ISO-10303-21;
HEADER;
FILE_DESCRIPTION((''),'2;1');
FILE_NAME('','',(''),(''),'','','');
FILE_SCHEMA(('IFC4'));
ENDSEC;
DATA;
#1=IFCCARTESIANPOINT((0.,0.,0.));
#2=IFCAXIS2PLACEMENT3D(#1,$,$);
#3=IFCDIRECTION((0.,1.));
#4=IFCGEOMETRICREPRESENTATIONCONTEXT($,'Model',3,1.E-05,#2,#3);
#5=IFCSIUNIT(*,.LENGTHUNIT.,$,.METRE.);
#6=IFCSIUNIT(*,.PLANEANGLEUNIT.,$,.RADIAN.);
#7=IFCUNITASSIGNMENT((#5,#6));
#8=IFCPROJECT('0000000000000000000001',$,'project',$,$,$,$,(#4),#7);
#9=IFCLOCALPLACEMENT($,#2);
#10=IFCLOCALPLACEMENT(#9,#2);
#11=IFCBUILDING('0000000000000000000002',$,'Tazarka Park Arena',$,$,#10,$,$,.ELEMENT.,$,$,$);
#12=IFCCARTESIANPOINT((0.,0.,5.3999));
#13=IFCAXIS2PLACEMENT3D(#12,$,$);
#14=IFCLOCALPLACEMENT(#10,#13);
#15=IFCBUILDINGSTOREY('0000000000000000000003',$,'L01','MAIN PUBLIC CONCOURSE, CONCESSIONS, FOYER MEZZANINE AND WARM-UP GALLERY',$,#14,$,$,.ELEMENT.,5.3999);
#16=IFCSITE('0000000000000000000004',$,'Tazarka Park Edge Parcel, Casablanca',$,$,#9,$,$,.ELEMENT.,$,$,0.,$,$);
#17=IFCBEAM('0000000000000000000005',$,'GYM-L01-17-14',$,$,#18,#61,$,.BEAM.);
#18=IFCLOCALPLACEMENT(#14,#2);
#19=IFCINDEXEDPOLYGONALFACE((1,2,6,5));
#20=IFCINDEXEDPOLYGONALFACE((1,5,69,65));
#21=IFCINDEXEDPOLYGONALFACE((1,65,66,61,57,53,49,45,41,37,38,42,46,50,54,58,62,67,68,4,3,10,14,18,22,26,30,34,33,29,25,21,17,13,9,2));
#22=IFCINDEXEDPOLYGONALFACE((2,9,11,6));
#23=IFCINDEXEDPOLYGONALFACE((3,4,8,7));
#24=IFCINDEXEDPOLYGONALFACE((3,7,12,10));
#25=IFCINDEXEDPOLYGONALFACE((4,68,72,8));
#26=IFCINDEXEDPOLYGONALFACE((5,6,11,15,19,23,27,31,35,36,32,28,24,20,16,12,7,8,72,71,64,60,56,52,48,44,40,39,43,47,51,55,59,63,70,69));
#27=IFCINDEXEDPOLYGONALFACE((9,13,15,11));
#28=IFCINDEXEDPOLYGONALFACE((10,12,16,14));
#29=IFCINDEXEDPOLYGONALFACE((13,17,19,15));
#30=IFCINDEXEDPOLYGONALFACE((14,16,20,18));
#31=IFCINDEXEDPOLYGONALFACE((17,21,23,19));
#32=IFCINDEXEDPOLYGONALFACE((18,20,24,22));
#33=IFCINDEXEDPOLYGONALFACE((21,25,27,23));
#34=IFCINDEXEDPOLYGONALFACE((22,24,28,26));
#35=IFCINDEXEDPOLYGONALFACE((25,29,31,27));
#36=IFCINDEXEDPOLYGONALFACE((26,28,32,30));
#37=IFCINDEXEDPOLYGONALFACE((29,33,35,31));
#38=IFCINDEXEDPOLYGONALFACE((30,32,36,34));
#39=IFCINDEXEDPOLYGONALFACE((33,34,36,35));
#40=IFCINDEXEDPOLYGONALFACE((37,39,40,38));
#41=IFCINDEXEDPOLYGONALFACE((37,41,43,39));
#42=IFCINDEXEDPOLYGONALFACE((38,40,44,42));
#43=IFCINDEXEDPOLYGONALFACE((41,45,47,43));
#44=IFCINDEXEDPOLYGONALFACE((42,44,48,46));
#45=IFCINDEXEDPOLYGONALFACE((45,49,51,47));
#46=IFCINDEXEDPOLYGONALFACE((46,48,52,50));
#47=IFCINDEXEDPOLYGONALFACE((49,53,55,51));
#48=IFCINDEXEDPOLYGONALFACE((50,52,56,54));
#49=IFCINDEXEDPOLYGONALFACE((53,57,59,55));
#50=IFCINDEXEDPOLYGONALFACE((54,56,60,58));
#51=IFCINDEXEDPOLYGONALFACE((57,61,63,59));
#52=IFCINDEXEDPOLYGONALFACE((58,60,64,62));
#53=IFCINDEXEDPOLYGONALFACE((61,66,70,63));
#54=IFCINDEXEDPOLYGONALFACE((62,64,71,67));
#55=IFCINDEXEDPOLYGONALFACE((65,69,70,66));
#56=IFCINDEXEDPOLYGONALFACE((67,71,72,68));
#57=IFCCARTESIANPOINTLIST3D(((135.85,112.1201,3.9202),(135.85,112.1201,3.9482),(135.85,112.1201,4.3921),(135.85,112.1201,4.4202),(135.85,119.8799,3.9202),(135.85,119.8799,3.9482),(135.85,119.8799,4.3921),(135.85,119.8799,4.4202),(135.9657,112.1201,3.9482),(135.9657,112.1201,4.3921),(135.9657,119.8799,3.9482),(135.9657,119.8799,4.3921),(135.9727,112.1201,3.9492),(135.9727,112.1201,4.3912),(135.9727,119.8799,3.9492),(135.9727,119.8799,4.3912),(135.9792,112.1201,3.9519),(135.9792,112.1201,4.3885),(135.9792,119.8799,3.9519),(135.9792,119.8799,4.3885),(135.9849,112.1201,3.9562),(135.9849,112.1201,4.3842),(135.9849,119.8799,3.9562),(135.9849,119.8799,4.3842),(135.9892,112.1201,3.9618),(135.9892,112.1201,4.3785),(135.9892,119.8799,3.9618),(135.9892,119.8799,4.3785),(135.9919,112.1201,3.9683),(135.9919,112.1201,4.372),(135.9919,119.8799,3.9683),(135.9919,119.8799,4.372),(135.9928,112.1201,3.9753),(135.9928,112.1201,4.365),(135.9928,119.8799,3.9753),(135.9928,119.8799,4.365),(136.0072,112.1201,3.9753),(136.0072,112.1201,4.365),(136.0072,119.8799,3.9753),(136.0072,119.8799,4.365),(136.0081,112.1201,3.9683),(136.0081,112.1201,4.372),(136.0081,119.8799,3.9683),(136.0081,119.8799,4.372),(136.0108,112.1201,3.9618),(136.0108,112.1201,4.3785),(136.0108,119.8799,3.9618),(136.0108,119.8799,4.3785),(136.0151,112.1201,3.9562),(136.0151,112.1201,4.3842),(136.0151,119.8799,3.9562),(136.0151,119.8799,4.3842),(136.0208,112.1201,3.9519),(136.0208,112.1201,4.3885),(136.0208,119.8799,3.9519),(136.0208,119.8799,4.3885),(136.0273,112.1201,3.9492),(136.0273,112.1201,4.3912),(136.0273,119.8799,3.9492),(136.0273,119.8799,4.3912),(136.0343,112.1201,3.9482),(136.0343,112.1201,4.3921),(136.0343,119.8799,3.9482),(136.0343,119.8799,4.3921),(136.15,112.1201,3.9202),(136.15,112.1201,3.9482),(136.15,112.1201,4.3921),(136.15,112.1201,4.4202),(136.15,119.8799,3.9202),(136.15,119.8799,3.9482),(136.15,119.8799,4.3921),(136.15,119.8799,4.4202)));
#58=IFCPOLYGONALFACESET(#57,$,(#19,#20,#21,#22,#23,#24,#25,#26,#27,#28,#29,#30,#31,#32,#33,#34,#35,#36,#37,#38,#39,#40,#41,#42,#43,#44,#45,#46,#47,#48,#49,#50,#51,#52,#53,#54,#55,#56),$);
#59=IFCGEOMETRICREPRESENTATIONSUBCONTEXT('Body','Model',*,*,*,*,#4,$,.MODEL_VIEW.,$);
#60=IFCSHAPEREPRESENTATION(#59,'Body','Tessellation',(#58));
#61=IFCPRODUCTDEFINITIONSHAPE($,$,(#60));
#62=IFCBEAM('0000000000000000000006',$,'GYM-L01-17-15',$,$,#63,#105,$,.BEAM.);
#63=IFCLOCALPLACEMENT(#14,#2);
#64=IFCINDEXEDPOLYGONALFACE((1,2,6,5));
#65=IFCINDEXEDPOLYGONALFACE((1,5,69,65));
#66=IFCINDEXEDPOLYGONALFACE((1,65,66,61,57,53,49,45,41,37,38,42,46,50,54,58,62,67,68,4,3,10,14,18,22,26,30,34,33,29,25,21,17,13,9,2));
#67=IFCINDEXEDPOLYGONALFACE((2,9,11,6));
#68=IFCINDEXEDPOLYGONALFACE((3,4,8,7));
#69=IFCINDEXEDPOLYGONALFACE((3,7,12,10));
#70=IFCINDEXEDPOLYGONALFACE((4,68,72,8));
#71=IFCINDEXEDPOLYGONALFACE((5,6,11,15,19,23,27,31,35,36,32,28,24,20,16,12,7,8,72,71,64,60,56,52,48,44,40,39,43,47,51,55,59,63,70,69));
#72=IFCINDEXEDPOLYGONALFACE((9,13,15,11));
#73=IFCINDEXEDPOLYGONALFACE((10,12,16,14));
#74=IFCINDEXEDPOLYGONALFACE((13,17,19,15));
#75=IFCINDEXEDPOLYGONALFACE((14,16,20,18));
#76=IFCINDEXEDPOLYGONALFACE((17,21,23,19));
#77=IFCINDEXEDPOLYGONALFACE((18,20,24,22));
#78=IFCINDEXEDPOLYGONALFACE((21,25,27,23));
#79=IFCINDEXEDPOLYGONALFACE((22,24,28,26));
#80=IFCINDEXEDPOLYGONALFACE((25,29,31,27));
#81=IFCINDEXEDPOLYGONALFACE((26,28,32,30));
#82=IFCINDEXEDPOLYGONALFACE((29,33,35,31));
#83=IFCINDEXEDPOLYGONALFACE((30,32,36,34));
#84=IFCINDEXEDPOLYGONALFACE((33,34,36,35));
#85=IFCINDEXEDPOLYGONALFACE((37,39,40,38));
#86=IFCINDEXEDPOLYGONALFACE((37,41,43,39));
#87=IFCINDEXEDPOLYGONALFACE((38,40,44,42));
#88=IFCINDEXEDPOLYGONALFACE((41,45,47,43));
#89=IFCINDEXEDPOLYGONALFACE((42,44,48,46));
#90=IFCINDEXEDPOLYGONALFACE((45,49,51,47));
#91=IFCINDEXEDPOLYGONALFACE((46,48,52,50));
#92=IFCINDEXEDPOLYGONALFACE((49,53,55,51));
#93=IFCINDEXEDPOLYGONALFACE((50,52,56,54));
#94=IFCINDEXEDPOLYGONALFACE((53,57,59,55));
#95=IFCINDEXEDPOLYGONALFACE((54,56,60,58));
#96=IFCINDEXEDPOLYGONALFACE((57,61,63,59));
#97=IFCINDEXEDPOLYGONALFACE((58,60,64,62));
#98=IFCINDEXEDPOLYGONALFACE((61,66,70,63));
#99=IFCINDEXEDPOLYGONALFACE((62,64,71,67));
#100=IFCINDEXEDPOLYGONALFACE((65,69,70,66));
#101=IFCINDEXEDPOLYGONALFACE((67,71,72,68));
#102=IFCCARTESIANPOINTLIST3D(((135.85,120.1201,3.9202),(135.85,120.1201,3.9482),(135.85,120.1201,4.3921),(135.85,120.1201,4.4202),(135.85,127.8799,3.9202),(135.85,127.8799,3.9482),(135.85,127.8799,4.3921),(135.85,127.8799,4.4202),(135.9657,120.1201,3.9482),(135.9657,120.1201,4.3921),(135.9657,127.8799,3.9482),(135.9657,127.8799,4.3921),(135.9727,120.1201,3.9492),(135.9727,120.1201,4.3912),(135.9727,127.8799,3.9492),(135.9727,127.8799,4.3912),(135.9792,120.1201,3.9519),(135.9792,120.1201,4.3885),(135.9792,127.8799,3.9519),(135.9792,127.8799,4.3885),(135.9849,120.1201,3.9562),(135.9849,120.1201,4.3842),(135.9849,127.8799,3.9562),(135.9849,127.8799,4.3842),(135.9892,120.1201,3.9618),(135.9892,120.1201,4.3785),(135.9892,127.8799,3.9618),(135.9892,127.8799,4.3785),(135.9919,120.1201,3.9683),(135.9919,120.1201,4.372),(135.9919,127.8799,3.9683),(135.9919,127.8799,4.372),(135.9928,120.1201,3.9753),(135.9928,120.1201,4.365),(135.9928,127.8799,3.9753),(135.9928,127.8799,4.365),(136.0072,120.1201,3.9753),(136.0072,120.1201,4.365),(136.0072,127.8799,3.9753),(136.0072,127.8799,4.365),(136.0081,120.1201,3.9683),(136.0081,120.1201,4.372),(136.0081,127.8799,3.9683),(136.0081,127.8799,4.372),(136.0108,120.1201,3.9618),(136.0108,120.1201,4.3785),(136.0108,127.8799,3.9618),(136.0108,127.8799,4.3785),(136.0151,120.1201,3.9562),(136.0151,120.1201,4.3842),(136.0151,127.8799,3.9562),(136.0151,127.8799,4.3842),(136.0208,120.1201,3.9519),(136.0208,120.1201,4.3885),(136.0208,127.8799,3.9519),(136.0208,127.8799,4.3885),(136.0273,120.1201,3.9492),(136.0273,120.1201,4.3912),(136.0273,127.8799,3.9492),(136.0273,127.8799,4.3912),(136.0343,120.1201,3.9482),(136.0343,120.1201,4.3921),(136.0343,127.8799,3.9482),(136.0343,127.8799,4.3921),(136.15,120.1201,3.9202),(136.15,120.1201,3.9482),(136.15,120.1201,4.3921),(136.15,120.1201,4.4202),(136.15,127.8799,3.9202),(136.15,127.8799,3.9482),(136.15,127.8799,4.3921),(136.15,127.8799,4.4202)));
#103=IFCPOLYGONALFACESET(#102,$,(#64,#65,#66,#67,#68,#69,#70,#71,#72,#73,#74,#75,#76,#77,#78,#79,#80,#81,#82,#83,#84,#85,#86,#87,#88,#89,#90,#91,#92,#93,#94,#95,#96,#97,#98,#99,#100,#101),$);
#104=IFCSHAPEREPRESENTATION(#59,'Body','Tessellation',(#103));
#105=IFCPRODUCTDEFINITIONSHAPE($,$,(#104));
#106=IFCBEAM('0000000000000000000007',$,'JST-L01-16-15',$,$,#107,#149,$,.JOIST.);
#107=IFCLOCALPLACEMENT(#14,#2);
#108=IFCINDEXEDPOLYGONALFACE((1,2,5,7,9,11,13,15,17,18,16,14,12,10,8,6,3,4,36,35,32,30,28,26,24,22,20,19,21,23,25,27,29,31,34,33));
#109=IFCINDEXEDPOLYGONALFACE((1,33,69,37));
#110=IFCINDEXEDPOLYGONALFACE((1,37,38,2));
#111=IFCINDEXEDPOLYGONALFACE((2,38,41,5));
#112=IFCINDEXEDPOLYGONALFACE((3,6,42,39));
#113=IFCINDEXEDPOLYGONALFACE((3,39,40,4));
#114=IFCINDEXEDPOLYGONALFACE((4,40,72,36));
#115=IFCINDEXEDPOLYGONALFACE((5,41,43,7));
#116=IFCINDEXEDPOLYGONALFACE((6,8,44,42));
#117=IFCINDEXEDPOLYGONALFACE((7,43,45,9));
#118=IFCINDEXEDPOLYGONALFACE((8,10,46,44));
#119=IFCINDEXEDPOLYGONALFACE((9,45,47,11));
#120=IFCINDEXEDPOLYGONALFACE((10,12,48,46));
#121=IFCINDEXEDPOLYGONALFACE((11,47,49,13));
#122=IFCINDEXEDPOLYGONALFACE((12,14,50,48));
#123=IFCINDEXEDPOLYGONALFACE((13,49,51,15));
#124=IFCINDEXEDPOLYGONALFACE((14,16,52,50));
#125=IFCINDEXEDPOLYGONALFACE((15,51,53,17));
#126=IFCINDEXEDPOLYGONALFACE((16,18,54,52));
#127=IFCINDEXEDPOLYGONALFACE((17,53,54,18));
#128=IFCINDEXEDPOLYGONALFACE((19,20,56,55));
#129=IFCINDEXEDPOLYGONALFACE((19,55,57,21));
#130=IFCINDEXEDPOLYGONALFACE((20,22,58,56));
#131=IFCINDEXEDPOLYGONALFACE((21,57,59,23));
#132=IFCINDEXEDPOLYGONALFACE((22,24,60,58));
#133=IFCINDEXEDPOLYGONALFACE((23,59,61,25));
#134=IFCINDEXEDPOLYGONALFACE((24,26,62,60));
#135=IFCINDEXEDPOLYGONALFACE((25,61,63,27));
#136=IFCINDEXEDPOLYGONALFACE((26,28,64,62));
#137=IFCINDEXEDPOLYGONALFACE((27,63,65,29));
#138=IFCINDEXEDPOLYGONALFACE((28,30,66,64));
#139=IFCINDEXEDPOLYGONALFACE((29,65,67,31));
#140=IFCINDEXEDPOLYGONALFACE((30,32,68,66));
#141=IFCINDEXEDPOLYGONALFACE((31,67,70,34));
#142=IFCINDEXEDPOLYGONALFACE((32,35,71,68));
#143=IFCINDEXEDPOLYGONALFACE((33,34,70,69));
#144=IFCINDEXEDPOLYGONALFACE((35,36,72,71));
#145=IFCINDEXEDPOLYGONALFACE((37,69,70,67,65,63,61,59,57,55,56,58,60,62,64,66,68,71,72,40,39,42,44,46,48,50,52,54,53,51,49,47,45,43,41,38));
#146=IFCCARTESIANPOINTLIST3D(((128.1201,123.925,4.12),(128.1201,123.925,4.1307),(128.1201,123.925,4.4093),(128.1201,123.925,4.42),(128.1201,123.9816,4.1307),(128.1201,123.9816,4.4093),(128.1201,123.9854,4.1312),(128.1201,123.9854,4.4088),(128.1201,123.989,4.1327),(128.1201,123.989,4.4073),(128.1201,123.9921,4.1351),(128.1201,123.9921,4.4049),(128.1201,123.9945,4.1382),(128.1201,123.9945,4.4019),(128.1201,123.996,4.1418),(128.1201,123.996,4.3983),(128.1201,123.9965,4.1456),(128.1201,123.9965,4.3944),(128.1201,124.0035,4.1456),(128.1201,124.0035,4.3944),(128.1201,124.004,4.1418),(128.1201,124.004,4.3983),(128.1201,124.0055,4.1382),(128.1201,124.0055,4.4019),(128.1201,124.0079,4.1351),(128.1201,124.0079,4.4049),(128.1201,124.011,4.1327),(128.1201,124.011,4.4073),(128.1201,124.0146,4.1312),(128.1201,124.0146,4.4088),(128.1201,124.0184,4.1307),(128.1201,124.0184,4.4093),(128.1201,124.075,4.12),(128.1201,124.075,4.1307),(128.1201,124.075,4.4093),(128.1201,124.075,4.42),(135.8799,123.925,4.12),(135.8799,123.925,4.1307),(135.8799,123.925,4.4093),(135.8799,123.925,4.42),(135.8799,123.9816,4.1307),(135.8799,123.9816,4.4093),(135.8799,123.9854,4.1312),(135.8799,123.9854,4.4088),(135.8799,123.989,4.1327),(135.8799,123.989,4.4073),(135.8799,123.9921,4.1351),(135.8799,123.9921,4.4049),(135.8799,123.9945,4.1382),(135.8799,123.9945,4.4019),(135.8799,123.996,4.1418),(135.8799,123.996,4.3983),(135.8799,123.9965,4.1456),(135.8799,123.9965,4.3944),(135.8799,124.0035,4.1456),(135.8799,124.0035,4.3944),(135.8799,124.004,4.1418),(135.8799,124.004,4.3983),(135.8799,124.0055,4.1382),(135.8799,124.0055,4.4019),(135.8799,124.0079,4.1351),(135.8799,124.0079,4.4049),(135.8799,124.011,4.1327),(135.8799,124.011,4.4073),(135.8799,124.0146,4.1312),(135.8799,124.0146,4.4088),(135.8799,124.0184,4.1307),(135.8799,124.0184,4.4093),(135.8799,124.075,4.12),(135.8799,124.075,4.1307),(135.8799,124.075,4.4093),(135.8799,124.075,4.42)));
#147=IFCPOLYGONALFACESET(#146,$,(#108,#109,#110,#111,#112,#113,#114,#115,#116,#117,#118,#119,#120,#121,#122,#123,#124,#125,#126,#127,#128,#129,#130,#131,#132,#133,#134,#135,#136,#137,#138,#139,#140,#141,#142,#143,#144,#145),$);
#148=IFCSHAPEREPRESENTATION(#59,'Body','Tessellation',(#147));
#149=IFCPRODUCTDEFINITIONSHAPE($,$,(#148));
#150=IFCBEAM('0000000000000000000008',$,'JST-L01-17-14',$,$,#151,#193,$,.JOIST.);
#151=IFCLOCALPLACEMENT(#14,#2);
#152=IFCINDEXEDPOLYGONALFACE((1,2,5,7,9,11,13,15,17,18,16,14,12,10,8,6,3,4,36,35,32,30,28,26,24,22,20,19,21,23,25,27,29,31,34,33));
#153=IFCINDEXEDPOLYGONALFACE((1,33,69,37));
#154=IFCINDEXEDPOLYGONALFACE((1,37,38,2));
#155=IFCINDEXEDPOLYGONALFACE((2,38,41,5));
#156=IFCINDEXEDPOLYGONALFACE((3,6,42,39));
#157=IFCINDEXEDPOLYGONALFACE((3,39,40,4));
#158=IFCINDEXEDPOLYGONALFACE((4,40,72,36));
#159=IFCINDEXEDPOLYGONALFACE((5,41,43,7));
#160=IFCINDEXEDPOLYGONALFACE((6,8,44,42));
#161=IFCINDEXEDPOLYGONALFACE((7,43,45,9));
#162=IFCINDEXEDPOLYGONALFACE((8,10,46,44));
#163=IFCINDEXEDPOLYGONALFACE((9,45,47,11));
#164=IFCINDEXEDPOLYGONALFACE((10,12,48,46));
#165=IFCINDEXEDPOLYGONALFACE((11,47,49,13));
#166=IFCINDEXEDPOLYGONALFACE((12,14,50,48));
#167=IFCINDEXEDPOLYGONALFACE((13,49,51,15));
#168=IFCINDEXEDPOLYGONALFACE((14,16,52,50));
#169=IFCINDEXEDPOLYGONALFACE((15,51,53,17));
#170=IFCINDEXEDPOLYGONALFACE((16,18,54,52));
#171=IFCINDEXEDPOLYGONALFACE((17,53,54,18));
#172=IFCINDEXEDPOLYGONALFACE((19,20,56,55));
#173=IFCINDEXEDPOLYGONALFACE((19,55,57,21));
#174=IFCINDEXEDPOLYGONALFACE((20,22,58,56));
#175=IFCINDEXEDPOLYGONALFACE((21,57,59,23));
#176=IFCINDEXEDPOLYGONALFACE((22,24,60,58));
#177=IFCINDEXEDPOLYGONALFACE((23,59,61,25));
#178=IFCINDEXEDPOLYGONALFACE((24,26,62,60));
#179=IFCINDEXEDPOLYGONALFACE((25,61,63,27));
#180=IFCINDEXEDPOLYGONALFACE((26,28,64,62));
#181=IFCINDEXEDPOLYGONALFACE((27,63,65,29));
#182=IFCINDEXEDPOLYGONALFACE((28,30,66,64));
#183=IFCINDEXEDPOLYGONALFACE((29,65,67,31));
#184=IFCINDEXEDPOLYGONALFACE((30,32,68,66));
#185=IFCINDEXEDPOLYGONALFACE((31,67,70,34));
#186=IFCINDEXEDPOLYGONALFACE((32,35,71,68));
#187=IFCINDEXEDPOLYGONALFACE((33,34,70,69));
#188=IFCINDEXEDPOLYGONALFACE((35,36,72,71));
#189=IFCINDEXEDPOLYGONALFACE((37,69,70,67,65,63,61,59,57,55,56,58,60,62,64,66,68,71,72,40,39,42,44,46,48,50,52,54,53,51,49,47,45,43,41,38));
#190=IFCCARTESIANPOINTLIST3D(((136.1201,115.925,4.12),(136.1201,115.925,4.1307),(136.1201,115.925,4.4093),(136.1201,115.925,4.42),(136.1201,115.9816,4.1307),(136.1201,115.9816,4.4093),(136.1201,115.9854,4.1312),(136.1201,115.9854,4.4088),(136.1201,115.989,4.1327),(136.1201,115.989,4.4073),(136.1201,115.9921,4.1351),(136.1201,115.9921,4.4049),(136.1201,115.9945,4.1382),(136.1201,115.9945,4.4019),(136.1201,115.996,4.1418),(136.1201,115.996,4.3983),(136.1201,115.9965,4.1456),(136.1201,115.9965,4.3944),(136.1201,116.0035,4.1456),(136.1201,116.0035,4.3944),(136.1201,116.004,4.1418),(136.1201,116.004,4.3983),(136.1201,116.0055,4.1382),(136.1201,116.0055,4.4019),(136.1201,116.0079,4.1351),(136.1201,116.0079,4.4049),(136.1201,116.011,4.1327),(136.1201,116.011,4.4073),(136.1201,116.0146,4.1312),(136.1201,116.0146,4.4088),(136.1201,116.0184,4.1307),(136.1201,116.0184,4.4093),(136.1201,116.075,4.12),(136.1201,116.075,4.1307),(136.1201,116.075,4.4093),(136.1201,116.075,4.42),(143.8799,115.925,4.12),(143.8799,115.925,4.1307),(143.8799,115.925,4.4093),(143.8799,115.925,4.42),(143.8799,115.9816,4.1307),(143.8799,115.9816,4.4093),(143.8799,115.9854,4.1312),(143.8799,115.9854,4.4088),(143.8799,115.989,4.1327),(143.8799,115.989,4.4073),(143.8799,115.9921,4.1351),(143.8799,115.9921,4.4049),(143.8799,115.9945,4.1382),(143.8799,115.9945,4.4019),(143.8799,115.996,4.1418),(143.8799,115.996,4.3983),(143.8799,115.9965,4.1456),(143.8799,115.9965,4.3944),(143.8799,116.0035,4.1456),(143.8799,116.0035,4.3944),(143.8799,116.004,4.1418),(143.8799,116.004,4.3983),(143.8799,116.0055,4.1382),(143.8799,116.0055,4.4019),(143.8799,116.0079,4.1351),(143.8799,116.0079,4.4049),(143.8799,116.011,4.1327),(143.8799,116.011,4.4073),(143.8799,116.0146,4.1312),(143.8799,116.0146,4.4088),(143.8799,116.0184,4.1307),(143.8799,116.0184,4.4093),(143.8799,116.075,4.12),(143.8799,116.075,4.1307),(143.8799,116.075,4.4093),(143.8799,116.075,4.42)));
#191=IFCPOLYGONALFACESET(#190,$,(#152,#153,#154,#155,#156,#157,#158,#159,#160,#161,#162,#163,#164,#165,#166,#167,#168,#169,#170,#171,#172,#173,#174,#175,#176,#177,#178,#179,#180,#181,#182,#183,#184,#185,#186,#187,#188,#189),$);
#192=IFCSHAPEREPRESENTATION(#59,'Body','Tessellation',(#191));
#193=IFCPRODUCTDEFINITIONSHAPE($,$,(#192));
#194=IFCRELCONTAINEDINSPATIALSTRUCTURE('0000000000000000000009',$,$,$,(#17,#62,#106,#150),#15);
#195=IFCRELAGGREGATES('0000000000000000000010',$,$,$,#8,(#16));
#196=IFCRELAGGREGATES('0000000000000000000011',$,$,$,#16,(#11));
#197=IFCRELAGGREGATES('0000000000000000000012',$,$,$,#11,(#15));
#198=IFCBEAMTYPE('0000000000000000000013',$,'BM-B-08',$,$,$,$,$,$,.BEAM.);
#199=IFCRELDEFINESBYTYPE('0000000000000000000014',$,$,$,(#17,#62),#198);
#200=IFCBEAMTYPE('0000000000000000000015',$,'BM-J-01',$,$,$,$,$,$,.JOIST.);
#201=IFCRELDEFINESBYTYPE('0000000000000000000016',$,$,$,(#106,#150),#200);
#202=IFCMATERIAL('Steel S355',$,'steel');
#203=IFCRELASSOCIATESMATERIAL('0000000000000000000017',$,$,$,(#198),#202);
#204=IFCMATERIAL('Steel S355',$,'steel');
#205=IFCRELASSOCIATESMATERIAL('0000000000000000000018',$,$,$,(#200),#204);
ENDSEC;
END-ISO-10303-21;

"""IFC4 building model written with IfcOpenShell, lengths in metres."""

from ifc_helpers import new_model, si_unit, direction, frame, origin, origin_2d, place, context, subcontext, project, spatial, i_section, extrude, material, material_profile, profile_set, type_object, element, save


model = new_model("IFC4")

# Units and contexts
model_context = context("Model", 3, precision=1e-05, world=origin(), true_north=direction((0.0, 1.0)))
body_context = subcontext(model_context, "Body", "Model", "MODEL_VIEW")
ifc_project = project(units=[si_unit("LENGTHUNIT", "METRE"), si_unit("PLANEANGLEUNIT", "RADIAN")], contexts=[model_context])

# Site, building, storey
site_placement = place(None, origin())
site = spatial("IfcSite", under=ifc_project, at=site_placement, Name="Tazarka Park Edge Parcel, Casablanca", CompositionType="ELEMENT", RefElevation=0.0)
building_placement = place(site_placement, origin())
building = spatial("IfcBuilding", under=site, at=building_placement, Name="Tazarka Park Arena", CompositionType="ELEMENT")
storey_placement = place(building_placement, frame((0.0, 0.0, 5.3999)))
storey = spatial("IfcBuildingStorey", under=building, at=storey_placement, Name="L01", Description="MAIN PUBLIC CONCOURSE, CONCESSIONS, FOYER MEZZANINE AND WARM-UP GALLERY", CompositionType="ELEMENT", Elevation=5.3999)

# Beams
ifc_material_1 = material(Name="Steel S355", Category="steel")
ifc_material_profile_1 = material_profile(ifc_material_1, i_section(OverallWidth=0.3, OverallDepth=0.5, WebThickness=0.0144, FlangeThickness=0.0281, FilletRadius=0.0271, at=origin_2d()), Name="Steel S355")
ifc_profile_set_1 = profile_set([ifc_material_profile_1], Name="Steel S355")
beam_type_1 = type_object("IfcBeamType", Name="BM-B-08", PredefinedType="BEAM", material=ifc_profile_set_1)
for number, where, z_axis, x_axis, name in (
    (1, (136.0, 112.1201, 4.1702), (0.0, 1.0, 0.0), (-1.0, 0.0, 0.0), "GYM-L01-17-14"),
    (2, (136.0, 120.1201, 4.1702), (0.0, 1.0, 0.0), (-1.0, 0.0, 0.0), "GYM-L01-17-15"),
):
    element("IfcBeam", number, at=place(storey_placement, frame(where, z_axis=z_axis, x_axis=x_axis)), inside=storey, type_object=beam_type_1, Name=name, PredefinedType="BEAM", context=body_context, shape_type="SweptSolid", body=[
        extrude(i_section(OverallWidth=0.3, OverallDepth=0.5, WebThickness=0.0144, FlangeThickness=0.0281, FilletRadius=0.0271, at=origin_2d()), origin(), (0.0, 0.0, 1.0), 7.7598),
    ])
ifc_material_2 = material(Name="Steel S355", Category="steel")
ifc_material_profile_2 = material_profile(ifc_material_2, i_section(OverallWidth=0.1499, OverallDepth=0.3, WebThickness=0.0071, FlangeThickness=0.0107, FilletRadius=0.0149, at=origin_2d()), Name="Steel S355")
ifc_profile_set_2 = profile_set([ifc_material_profile_2], Name="Steel S355")
beam_type_2 = type_object("IfcBeamType", Name="BM-J-01", PredefinedType="JOIST", material=ifc_profile_set_2)
for number, where, z_axis, x_axis, name in (
    (3, (128.1201, 124.0, 4.27), (1.0, 0.0, 0.0), (0.0, 1.0, 0.0), "JST-L01-16-15"),
    (4, (136.1201, 116.0, 4.27), (1.0, 0.0, 0.0), (0.0, 1.0, 0.0), "JST-L01-17-14"),
):
    element("IfcBeam", number, at=place(storey_placement, frame(where, z_axis=z_axis, x_axis=x_axis)), inside=storey, type_object=beam_type_2, Name=name, PredefinedType="JOIST", context=body_context, shape_type="SweptSolid", body=[
        extrude(i_section(OverallWidth=0.1499, OverallDepth=0.3, WebThickness=0.0071, FlangeThickness=0.0107, FilletRadius=0.0149, at=origin_2d()), origin(), (0.0, 0.0, 1.0), 7.7598),
    ])

save(model, "model.ifc")
